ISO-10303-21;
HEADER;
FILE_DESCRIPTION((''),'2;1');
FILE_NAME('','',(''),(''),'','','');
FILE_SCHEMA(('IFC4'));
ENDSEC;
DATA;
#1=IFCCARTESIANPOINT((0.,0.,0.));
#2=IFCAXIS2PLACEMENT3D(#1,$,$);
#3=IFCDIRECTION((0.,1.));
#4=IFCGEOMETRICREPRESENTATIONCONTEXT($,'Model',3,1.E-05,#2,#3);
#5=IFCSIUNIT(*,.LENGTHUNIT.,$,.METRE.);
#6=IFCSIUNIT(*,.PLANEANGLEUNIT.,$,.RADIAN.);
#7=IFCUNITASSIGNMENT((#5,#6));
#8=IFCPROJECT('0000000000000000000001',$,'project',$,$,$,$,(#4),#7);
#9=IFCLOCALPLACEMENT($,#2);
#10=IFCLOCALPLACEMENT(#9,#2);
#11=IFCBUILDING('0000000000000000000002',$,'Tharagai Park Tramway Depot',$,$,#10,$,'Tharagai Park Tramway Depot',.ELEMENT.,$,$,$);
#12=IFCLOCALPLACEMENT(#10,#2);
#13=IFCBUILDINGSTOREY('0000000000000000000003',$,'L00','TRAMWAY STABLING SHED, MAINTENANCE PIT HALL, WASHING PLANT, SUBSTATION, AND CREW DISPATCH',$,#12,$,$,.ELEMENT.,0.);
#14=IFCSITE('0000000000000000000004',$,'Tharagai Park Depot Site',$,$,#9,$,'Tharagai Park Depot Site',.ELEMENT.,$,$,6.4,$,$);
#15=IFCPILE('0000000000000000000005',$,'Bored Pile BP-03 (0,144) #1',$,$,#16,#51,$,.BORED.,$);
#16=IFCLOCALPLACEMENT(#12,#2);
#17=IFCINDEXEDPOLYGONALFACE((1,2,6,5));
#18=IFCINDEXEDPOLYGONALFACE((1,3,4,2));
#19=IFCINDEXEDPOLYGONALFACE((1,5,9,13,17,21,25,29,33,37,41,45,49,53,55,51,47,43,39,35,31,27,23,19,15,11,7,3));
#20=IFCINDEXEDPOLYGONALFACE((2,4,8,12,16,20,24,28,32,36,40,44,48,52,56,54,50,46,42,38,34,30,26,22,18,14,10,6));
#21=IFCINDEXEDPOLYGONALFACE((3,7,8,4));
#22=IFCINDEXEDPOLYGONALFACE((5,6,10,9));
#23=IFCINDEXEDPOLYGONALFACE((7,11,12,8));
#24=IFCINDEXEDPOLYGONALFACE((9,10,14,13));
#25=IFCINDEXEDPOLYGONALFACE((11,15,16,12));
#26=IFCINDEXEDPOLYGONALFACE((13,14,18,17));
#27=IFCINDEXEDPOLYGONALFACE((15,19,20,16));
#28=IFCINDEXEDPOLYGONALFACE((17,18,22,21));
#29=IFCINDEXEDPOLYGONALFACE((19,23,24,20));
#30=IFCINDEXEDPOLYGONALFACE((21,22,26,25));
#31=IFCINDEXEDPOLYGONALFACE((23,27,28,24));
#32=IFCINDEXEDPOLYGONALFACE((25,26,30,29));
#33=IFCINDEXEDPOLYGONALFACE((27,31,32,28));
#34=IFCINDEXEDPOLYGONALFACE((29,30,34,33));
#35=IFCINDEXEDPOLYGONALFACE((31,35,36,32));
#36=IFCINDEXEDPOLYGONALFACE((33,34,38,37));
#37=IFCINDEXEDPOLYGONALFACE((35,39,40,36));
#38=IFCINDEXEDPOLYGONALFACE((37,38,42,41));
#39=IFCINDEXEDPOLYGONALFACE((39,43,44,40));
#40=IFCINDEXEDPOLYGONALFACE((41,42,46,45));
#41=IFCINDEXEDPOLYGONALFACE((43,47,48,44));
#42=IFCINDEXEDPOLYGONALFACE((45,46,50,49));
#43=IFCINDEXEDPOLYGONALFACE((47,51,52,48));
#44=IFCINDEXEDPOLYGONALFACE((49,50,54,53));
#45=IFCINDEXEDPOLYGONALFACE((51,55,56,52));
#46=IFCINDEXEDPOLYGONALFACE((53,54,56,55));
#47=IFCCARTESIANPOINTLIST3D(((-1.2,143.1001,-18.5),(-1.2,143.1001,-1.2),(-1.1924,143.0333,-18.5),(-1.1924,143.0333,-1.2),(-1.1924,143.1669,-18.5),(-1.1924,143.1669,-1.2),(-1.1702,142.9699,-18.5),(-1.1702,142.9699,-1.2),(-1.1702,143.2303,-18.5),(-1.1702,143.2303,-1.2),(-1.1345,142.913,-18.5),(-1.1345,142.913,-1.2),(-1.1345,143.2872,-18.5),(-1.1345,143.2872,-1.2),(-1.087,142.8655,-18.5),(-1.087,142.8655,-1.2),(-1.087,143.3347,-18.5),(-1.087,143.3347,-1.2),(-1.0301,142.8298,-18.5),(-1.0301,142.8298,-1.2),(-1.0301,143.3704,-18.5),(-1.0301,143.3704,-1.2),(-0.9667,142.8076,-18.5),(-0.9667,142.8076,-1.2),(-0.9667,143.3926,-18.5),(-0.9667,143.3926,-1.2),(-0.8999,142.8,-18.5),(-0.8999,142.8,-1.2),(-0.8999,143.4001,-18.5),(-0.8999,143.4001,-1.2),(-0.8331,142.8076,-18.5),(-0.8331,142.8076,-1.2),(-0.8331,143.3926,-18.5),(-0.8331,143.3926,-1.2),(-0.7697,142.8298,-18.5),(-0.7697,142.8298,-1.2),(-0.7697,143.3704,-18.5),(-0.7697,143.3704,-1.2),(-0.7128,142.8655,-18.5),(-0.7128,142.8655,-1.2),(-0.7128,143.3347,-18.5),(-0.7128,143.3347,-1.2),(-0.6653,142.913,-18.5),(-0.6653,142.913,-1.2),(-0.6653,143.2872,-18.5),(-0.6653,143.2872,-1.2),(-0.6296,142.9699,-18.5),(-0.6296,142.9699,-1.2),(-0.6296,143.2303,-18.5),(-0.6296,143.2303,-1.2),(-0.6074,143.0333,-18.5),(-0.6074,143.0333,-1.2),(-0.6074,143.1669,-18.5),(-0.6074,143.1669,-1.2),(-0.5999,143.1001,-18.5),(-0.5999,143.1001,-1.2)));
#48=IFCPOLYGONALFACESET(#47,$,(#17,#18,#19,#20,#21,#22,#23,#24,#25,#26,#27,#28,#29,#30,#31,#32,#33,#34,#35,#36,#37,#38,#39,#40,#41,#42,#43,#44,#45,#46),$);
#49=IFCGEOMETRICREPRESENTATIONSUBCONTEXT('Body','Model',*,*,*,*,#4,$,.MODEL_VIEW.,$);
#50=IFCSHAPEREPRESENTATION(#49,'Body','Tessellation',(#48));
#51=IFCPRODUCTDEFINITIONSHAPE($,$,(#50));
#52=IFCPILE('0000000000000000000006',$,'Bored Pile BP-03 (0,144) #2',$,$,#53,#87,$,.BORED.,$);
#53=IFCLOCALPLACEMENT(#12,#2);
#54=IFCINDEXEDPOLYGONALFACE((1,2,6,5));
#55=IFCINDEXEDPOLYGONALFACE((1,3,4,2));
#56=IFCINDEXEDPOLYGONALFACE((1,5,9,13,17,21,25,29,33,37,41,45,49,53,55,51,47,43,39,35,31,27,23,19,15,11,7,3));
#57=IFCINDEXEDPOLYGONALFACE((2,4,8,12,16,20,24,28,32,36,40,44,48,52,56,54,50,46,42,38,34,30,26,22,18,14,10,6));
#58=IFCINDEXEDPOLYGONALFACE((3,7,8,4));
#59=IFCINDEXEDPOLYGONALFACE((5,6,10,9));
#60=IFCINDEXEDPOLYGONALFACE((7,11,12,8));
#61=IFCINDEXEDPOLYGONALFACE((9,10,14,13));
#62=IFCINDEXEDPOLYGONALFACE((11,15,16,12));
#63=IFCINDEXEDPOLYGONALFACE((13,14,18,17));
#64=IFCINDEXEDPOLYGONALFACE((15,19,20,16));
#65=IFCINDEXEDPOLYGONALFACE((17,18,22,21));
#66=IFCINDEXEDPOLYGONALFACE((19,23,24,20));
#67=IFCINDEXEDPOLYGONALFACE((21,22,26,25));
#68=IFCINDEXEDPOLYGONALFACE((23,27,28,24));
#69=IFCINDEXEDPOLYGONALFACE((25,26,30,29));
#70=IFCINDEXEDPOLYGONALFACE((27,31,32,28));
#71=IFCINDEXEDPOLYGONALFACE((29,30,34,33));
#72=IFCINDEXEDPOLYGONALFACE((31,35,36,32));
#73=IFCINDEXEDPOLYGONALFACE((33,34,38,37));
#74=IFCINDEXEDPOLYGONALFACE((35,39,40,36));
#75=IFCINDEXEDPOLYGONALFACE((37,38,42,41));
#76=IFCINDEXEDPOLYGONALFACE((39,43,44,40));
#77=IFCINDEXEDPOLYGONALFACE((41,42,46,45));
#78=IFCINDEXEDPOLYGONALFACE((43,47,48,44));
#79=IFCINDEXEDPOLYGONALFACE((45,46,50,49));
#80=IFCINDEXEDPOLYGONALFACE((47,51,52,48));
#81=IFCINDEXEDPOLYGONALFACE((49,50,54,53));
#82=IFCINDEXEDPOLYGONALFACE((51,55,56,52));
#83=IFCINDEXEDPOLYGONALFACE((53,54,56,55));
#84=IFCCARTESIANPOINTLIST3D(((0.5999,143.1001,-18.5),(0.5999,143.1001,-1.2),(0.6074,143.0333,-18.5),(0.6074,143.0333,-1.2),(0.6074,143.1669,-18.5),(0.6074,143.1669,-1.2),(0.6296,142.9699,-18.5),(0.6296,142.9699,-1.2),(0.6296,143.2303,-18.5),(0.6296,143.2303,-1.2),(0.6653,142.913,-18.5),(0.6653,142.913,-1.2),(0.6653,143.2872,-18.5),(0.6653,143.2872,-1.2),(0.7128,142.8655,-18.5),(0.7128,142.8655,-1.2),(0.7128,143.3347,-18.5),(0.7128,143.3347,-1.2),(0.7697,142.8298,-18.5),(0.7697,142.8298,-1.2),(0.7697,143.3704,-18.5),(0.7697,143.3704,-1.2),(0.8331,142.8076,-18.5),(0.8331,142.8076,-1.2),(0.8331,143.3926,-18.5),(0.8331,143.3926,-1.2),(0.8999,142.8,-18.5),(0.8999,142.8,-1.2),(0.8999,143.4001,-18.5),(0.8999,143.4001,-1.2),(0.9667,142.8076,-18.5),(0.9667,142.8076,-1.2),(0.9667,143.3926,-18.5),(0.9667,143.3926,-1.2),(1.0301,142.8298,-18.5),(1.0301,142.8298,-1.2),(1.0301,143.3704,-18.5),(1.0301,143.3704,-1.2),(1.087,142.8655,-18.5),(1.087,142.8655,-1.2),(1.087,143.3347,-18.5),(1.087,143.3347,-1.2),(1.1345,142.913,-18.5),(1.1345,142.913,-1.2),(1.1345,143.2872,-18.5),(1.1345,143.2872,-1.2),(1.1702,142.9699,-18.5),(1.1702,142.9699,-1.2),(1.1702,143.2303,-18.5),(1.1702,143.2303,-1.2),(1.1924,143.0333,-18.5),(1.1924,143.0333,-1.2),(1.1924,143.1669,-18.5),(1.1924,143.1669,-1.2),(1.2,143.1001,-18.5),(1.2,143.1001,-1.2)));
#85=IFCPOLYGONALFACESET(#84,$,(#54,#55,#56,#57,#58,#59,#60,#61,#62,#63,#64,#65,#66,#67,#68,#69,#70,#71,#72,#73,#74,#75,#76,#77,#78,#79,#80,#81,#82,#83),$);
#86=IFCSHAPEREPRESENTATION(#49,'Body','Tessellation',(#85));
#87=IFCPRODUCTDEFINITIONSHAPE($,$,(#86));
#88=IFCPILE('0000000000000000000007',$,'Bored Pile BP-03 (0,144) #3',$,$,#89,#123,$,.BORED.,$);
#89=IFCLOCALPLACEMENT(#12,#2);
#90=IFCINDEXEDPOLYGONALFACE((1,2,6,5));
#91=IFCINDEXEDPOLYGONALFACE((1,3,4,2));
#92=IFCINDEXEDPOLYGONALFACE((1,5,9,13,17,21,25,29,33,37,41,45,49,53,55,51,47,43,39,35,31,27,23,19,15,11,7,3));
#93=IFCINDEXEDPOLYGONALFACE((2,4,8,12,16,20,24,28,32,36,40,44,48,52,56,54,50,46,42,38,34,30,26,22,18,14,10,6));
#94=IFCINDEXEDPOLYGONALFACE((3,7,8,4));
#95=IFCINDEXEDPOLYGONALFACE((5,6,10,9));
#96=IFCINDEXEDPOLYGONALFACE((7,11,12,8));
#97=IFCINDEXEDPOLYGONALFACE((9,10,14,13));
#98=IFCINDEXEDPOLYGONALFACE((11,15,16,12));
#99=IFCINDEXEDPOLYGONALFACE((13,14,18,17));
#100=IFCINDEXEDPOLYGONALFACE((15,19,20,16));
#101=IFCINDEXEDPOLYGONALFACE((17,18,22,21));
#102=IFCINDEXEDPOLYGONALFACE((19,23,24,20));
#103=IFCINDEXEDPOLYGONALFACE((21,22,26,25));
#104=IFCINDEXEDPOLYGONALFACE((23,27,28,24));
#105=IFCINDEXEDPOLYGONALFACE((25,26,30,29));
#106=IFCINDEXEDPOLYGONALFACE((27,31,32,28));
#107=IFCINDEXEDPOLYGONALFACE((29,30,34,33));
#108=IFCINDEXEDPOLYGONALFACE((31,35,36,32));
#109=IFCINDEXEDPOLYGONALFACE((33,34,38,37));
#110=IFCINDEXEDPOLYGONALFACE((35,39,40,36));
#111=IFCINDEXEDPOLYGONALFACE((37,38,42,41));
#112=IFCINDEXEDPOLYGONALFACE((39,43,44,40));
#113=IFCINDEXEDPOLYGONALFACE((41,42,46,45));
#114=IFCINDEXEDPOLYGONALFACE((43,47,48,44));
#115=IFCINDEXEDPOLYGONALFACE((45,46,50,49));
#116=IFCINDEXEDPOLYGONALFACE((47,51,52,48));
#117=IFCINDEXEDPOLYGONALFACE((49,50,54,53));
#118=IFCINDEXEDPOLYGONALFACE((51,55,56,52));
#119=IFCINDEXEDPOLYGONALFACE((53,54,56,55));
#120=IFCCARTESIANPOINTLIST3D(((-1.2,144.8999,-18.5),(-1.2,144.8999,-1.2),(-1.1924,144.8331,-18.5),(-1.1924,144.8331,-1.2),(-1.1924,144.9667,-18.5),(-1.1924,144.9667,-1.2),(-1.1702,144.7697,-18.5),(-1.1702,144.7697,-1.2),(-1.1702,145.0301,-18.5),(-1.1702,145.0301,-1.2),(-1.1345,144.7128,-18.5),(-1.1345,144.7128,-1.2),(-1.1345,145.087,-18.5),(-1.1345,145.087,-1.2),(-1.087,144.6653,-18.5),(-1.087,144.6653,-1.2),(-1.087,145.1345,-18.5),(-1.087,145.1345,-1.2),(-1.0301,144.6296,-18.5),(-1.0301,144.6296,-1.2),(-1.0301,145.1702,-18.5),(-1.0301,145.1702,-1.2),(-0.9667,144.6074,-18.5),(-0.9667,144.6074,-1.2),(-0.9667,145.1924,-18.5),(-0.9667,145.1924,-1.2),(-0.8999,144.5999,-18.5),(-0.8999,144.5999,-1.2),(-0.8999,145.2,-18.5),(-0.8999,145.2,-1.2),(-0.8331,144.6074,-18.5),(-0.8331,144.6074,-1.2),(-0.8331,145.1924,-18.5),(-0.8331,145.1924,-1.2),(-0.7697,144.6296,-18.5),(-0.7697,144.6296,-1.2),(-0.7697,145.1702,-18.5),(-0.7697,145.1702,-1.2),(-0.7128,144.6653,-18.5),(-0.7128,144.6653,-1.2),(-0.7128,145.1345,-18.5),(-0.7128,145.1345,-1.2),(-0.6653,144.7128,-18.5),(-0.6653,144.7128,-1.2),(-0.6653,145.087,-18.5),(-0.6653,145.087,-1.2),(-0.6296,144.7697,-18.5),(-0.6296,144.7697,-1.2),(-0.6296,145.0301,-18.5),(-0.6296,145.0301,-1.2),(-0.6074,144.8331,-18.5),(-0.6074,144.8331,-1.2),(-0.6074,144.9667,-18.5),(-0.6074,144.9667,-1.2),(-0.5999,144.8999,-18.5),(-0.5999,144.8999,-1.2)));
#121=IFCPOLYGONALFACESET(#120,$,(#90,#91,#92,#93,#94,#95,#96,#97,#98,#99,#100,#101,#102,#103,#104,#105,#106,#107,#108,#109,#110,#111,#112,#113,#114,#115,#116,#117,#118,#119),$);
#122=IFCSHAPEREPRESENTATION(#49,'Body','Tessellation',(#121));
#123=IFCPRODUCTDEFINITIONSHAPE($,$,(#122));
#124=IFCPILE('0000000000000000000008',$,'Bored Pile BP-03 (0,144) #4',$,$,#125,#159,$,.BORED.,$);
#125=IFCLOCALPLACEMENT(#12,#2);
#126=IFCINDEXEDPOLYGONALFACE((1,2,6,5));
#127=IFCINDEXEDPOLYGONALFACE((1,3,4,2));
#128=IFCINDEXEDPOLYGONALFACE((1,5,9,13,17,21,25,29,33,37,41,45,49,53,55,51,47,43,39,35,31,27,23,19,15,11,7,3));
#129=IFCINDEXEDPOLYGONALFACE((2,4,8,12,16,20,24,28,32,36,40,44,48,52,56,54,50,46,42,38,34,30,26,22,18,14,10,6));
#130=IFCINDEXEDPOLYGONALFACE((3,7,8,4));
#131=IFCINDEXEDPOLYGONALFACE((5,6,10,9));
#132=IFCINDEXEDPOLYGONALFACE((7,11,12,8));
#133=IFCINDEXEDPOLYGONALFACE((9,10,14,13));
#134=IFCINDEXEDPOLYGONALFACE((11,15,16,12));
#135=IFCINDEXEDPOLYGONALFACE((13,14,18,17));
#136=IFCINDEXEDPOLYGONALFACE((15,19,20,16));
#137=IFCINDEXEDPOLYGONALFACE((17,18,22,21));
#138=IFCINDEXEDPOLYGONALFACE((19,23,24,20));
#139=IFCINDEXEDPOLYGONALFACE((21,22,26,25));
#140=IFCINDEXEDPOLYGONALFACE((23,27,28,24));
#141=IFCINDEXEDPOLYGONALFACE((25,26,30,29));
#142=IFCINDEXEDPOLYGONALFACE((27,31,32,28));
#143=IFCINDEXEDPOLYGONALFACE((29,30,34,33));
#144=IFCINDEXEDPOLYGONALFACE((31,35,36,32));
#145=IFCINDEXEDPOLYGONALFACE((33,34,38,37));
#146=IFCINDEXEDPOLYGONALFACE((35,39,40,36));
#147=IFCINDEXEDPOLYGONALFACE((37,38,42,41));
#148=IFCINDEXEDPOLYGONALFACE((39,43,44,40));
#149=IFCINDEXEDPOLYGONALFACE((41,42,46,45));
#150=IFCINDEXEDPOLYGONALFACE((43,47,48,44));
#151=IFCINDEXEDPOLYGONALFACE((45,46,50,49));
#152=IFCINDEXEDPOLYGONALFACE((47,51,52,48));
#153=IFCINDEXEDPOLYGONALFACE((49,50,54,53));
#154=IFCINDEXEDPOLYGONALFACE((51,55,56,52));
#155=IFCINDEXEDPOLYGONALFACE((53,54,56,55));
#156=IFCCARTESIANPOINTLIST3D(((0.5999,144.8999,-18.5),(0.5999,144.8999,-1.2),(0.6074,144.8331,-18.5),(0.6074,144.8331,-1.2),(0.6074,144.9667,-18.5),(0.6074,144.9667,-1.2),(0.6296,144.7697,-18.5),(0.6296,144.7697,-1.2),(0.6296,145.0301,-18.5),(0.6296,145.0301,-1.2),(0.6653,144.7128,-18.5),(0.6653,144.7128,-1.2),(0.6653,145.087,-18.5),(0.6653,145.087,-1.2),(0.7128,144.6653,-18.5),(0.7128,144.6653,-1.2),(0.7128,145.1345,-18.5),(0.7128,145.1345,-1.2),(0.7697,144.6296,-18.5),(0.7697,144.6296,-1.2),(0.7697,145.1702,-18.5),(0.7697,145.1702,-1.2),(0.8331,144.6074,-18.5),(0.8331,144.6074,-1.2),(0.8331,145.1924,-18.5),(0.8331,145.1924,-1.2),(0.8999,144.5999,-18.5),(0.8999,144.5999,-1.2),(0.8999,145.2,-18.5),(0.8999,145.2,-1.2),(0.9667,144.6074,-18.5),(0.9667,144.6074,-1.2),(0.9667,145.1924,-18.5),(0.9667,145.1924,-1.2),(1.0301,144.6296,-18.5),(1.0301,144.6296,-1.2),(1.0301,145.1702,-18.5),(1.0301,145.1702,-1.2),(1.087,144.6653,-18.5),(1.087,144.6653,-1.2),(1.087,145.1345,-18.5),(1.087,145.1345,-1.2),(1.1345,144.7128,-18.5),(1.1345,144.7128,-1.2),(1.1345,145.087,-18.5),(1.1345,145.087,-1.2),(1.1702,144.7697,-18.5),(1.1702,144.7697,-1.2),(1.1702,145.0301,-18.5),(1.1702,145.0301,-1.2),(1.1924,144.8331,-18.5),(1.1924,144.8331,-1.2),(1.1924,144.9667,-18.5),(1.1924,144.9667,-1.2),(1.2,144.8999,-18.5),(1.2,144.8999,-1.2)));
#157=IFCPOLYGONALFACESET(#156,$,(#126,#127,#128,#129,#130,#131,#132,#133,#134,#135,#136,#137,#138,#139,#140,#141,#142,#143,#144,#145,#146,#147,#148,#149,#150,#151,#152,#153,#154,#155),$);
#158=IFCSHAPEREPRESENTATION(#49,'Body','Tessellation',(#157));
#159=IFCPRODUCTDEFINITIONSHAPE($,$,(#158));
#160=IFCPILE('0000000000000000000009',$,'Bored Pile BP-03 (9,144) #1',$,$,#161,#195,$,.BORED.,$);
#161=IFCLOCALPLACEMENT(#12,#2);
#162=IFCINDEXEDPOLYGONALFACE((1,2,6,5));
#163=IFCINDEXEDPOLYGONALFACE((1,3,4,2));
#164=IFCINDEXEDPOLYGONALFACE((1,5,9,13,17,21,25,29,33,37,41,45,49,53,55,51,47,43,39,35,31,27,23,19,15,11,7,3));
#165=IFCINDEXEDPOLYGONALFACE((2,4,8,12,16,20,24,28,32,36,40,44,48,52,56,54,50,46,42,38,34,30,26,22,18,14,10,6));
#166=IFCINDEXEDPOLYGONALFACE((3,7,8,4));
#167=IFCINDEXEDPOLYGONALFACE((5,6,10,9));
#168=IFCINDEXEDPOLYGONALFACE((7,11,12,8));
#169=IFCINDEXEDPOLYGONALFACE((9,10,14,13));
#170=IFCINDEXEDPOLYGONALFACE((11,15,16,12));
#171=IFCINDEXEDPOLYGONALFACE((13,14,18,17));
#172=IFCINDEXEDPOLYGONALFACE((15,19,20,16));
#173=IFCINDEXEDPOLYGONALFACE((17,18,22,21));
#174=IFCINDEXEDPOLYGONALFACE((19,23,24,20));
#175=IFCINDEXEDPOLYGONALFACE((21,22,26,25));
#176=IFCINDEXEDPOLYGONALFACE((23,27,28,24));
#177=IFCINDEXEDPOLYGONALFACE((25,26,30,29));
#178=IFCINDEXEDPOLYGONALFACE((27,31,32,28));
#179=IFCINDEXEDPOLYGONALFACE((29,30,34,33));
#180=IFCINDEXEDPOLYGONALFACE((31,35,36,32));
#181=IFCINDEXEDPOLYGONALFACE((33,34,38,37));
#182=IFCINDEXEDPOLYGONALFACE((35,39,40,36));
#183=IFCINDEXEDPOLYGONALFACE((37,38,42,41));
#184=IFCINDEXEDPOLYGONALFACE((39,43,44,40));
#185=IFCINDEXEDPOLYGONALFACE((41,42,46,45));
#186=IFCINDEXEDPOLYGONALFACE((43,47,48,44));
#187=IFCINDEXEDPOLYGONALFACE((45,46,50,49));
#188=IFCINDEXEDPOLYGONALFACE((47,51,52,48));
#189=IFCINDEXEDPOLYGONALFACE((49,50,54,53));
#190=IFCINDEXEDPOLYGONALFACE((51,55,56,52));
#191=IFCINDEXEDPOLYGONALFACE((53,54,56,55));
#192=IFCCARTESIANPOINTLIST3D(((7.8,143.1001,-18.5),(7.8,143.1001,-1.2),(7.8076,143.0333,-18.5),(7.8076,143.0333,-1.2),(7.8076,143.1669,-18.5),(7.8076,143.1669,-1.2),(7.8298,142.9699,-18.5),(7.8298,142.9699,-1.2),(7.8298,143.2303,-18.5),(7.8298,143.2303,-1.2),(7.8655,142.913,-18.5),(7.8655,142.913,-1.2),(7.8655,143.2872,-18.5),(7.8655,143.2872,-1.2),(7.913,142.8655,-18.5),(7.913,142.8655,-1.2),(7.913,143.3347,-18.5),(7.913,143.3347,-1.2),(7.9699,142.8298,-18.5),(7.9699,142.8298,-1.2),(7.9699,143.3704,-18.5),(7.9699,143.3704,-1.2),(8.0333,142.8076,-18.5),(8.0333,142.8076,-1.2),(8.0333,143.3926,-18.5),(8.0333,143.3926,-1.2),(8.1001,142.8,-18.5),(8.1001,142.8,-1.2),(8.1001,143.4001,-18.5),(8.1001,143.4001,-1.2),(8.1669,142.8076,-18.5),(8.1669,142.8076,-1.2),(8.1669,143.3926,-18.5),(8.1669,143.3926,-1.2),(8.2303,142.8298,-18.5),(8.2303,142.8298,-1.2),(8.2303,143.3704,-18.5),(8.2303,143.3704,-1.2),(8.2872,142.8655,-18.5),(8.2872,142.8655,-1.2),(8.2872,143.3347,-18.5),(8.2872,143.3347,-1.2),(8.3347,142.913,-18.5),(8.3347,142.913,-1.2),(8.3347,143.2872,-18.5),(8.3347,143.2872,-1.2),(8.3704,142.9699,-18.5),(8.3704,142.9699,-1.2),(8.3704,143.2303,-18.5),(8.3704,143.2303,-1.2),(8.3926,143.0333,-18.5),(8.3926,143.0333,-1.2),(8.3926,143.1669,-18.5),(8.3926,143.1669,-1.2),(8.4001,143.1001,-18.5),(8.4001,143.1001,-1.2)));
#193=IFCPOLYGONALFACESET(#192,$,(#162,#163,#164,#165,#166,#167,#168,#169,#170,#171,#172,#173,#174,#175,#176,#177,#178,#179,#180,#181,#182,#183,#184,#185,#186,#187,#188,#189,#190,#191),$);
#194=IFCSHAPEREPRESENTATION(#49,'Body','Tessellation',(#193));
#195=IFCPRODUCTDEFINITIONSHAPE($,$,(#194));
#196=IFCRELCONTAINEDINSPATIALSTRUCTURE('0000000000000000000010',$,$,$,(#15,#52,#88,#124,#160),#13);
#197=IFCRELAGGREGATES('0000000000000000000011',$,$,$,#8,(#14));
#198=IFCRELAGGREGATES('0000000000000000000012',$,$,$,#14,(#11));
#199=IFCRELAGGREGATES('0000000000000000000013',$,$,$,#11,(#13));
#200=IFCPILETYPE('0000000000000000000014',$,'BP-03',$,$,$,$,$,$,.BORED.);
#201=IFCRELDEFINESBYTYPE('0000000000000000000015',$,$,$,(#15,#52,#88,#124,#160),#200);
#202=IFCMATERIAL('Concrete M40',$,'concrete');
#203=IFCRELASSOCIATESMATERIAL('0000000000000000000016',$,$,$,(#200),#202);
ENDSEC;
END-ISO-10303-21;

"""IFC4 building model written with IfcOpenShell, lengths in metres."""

from ifc_helpers import new_model, si_unit, direction, frame, origin, origin_2d, place, context, subcontext, project, spatial, circle, extrude, material, material_profile, profile_set, type_object, element, save


model = new_model("IFC4")

# Units and contexts
model_context = context("Model", 3, precision=1e-05, world=origin(), true_north=direction((0.0, 1.0)))
body_context = subcontext(model_context, "Body", "Model", "MODEL_VIEW")
ifc_project = project(units=[si_unit("LENGTHUNIT", "METRE"), si_unit("PLANEANGLEUNIT", "RADIAN")], contexts=[model_context])

# Site, building, storey
site_placement = place(None, origin())
site = spatial("IfcSite", under=ifc_project, at=site_placement, Name="Tharagai Park Depot Site", LongName="Tharagai Park Depot Site", CompositionType="ELEMENT", RefElevation=6.4)
building_placement = place(site_placement, origin())
building = spatial("IfcBuilding", under=site, at=building_placement, Name="Tharagai Park Tramway Depot", LongName="Tharagai Park Tramway Depot", CompositionType="ELEMENT")
storey_placement = place(building_placement, origin())
storey = spatial("IfcBuildingStorey", under=building, at=storey_placement, Name="L00", Description="TRAMWAY STABLING SHED, MAINTENANCE PIT HALL, WASHING PLANT, SUBSTATION, AND CREW DISPATCH", CompositionType="ELEMENT", Elevation=0.0)

# Piles
ifc_material_1 = material(Name="Concrete M40", Category="concrete")
ifc_material_profile_1 = material_profile(ifc_material_1, circle(Radius=0.3, at=origin_2d()), Name="PILE D600")
ifc_profile_set_1 = profile_set([ifc_material_profile_1], Name="Concrete M40")
pile_type = type_object("IfcPileType", Name="BP-03", PredefinedType="BORED", material=ifc_profile_set_1)
for number, where, z_axis, x_axis, name in (
    (1, (-0.8999, 143.1001, -1.2), (0.0, 0.0, -1.0), (1.0, 0.0, 0.0), "Bored Pile BP-03 (0,144) #1"),
    (2, (0.8999, 143.1001, -1.2), (0.0, 0.0, -1.0), (1.0, 0.0, 0.0), "Bored Pile BP-03 (0,144) #2"),
    (3, (-0.8999, 144.8999, -1.2), (0.0, 0.0, -1.0), (1.0, 0.0, 0.0), "Bored Pile BP-03 (0,144) #3"),
    (4, (0.8999, 144.8999, -1.2), (0.0, 0.0, -1.0), (1.0, 0.0, 0.0), "Bored Pile BP-03 (0,144) #4"),
    (5, (8.1001, 143.1001, -1.2), (0.0, 0.0, -1.0), (1.0, 0.0, 0.0), "Bored Pile BP-03 (9,144) #1"),
):
    element("IfcPile", number, at=place(storey_placement, frame(where, z_axis=z_axis, x_axis=x_axis)), inside=storey, type_object=pile_type, Name=name, PredefinedType="BORED", context=body_context, shape_type="SweptSolid", body=[
        extrude(circle(Radius=0.3, at=origin_2d()), origin(), (0.0, 0.0, 1.0), 17.3),
    ])

save(model, "model.ifc")
